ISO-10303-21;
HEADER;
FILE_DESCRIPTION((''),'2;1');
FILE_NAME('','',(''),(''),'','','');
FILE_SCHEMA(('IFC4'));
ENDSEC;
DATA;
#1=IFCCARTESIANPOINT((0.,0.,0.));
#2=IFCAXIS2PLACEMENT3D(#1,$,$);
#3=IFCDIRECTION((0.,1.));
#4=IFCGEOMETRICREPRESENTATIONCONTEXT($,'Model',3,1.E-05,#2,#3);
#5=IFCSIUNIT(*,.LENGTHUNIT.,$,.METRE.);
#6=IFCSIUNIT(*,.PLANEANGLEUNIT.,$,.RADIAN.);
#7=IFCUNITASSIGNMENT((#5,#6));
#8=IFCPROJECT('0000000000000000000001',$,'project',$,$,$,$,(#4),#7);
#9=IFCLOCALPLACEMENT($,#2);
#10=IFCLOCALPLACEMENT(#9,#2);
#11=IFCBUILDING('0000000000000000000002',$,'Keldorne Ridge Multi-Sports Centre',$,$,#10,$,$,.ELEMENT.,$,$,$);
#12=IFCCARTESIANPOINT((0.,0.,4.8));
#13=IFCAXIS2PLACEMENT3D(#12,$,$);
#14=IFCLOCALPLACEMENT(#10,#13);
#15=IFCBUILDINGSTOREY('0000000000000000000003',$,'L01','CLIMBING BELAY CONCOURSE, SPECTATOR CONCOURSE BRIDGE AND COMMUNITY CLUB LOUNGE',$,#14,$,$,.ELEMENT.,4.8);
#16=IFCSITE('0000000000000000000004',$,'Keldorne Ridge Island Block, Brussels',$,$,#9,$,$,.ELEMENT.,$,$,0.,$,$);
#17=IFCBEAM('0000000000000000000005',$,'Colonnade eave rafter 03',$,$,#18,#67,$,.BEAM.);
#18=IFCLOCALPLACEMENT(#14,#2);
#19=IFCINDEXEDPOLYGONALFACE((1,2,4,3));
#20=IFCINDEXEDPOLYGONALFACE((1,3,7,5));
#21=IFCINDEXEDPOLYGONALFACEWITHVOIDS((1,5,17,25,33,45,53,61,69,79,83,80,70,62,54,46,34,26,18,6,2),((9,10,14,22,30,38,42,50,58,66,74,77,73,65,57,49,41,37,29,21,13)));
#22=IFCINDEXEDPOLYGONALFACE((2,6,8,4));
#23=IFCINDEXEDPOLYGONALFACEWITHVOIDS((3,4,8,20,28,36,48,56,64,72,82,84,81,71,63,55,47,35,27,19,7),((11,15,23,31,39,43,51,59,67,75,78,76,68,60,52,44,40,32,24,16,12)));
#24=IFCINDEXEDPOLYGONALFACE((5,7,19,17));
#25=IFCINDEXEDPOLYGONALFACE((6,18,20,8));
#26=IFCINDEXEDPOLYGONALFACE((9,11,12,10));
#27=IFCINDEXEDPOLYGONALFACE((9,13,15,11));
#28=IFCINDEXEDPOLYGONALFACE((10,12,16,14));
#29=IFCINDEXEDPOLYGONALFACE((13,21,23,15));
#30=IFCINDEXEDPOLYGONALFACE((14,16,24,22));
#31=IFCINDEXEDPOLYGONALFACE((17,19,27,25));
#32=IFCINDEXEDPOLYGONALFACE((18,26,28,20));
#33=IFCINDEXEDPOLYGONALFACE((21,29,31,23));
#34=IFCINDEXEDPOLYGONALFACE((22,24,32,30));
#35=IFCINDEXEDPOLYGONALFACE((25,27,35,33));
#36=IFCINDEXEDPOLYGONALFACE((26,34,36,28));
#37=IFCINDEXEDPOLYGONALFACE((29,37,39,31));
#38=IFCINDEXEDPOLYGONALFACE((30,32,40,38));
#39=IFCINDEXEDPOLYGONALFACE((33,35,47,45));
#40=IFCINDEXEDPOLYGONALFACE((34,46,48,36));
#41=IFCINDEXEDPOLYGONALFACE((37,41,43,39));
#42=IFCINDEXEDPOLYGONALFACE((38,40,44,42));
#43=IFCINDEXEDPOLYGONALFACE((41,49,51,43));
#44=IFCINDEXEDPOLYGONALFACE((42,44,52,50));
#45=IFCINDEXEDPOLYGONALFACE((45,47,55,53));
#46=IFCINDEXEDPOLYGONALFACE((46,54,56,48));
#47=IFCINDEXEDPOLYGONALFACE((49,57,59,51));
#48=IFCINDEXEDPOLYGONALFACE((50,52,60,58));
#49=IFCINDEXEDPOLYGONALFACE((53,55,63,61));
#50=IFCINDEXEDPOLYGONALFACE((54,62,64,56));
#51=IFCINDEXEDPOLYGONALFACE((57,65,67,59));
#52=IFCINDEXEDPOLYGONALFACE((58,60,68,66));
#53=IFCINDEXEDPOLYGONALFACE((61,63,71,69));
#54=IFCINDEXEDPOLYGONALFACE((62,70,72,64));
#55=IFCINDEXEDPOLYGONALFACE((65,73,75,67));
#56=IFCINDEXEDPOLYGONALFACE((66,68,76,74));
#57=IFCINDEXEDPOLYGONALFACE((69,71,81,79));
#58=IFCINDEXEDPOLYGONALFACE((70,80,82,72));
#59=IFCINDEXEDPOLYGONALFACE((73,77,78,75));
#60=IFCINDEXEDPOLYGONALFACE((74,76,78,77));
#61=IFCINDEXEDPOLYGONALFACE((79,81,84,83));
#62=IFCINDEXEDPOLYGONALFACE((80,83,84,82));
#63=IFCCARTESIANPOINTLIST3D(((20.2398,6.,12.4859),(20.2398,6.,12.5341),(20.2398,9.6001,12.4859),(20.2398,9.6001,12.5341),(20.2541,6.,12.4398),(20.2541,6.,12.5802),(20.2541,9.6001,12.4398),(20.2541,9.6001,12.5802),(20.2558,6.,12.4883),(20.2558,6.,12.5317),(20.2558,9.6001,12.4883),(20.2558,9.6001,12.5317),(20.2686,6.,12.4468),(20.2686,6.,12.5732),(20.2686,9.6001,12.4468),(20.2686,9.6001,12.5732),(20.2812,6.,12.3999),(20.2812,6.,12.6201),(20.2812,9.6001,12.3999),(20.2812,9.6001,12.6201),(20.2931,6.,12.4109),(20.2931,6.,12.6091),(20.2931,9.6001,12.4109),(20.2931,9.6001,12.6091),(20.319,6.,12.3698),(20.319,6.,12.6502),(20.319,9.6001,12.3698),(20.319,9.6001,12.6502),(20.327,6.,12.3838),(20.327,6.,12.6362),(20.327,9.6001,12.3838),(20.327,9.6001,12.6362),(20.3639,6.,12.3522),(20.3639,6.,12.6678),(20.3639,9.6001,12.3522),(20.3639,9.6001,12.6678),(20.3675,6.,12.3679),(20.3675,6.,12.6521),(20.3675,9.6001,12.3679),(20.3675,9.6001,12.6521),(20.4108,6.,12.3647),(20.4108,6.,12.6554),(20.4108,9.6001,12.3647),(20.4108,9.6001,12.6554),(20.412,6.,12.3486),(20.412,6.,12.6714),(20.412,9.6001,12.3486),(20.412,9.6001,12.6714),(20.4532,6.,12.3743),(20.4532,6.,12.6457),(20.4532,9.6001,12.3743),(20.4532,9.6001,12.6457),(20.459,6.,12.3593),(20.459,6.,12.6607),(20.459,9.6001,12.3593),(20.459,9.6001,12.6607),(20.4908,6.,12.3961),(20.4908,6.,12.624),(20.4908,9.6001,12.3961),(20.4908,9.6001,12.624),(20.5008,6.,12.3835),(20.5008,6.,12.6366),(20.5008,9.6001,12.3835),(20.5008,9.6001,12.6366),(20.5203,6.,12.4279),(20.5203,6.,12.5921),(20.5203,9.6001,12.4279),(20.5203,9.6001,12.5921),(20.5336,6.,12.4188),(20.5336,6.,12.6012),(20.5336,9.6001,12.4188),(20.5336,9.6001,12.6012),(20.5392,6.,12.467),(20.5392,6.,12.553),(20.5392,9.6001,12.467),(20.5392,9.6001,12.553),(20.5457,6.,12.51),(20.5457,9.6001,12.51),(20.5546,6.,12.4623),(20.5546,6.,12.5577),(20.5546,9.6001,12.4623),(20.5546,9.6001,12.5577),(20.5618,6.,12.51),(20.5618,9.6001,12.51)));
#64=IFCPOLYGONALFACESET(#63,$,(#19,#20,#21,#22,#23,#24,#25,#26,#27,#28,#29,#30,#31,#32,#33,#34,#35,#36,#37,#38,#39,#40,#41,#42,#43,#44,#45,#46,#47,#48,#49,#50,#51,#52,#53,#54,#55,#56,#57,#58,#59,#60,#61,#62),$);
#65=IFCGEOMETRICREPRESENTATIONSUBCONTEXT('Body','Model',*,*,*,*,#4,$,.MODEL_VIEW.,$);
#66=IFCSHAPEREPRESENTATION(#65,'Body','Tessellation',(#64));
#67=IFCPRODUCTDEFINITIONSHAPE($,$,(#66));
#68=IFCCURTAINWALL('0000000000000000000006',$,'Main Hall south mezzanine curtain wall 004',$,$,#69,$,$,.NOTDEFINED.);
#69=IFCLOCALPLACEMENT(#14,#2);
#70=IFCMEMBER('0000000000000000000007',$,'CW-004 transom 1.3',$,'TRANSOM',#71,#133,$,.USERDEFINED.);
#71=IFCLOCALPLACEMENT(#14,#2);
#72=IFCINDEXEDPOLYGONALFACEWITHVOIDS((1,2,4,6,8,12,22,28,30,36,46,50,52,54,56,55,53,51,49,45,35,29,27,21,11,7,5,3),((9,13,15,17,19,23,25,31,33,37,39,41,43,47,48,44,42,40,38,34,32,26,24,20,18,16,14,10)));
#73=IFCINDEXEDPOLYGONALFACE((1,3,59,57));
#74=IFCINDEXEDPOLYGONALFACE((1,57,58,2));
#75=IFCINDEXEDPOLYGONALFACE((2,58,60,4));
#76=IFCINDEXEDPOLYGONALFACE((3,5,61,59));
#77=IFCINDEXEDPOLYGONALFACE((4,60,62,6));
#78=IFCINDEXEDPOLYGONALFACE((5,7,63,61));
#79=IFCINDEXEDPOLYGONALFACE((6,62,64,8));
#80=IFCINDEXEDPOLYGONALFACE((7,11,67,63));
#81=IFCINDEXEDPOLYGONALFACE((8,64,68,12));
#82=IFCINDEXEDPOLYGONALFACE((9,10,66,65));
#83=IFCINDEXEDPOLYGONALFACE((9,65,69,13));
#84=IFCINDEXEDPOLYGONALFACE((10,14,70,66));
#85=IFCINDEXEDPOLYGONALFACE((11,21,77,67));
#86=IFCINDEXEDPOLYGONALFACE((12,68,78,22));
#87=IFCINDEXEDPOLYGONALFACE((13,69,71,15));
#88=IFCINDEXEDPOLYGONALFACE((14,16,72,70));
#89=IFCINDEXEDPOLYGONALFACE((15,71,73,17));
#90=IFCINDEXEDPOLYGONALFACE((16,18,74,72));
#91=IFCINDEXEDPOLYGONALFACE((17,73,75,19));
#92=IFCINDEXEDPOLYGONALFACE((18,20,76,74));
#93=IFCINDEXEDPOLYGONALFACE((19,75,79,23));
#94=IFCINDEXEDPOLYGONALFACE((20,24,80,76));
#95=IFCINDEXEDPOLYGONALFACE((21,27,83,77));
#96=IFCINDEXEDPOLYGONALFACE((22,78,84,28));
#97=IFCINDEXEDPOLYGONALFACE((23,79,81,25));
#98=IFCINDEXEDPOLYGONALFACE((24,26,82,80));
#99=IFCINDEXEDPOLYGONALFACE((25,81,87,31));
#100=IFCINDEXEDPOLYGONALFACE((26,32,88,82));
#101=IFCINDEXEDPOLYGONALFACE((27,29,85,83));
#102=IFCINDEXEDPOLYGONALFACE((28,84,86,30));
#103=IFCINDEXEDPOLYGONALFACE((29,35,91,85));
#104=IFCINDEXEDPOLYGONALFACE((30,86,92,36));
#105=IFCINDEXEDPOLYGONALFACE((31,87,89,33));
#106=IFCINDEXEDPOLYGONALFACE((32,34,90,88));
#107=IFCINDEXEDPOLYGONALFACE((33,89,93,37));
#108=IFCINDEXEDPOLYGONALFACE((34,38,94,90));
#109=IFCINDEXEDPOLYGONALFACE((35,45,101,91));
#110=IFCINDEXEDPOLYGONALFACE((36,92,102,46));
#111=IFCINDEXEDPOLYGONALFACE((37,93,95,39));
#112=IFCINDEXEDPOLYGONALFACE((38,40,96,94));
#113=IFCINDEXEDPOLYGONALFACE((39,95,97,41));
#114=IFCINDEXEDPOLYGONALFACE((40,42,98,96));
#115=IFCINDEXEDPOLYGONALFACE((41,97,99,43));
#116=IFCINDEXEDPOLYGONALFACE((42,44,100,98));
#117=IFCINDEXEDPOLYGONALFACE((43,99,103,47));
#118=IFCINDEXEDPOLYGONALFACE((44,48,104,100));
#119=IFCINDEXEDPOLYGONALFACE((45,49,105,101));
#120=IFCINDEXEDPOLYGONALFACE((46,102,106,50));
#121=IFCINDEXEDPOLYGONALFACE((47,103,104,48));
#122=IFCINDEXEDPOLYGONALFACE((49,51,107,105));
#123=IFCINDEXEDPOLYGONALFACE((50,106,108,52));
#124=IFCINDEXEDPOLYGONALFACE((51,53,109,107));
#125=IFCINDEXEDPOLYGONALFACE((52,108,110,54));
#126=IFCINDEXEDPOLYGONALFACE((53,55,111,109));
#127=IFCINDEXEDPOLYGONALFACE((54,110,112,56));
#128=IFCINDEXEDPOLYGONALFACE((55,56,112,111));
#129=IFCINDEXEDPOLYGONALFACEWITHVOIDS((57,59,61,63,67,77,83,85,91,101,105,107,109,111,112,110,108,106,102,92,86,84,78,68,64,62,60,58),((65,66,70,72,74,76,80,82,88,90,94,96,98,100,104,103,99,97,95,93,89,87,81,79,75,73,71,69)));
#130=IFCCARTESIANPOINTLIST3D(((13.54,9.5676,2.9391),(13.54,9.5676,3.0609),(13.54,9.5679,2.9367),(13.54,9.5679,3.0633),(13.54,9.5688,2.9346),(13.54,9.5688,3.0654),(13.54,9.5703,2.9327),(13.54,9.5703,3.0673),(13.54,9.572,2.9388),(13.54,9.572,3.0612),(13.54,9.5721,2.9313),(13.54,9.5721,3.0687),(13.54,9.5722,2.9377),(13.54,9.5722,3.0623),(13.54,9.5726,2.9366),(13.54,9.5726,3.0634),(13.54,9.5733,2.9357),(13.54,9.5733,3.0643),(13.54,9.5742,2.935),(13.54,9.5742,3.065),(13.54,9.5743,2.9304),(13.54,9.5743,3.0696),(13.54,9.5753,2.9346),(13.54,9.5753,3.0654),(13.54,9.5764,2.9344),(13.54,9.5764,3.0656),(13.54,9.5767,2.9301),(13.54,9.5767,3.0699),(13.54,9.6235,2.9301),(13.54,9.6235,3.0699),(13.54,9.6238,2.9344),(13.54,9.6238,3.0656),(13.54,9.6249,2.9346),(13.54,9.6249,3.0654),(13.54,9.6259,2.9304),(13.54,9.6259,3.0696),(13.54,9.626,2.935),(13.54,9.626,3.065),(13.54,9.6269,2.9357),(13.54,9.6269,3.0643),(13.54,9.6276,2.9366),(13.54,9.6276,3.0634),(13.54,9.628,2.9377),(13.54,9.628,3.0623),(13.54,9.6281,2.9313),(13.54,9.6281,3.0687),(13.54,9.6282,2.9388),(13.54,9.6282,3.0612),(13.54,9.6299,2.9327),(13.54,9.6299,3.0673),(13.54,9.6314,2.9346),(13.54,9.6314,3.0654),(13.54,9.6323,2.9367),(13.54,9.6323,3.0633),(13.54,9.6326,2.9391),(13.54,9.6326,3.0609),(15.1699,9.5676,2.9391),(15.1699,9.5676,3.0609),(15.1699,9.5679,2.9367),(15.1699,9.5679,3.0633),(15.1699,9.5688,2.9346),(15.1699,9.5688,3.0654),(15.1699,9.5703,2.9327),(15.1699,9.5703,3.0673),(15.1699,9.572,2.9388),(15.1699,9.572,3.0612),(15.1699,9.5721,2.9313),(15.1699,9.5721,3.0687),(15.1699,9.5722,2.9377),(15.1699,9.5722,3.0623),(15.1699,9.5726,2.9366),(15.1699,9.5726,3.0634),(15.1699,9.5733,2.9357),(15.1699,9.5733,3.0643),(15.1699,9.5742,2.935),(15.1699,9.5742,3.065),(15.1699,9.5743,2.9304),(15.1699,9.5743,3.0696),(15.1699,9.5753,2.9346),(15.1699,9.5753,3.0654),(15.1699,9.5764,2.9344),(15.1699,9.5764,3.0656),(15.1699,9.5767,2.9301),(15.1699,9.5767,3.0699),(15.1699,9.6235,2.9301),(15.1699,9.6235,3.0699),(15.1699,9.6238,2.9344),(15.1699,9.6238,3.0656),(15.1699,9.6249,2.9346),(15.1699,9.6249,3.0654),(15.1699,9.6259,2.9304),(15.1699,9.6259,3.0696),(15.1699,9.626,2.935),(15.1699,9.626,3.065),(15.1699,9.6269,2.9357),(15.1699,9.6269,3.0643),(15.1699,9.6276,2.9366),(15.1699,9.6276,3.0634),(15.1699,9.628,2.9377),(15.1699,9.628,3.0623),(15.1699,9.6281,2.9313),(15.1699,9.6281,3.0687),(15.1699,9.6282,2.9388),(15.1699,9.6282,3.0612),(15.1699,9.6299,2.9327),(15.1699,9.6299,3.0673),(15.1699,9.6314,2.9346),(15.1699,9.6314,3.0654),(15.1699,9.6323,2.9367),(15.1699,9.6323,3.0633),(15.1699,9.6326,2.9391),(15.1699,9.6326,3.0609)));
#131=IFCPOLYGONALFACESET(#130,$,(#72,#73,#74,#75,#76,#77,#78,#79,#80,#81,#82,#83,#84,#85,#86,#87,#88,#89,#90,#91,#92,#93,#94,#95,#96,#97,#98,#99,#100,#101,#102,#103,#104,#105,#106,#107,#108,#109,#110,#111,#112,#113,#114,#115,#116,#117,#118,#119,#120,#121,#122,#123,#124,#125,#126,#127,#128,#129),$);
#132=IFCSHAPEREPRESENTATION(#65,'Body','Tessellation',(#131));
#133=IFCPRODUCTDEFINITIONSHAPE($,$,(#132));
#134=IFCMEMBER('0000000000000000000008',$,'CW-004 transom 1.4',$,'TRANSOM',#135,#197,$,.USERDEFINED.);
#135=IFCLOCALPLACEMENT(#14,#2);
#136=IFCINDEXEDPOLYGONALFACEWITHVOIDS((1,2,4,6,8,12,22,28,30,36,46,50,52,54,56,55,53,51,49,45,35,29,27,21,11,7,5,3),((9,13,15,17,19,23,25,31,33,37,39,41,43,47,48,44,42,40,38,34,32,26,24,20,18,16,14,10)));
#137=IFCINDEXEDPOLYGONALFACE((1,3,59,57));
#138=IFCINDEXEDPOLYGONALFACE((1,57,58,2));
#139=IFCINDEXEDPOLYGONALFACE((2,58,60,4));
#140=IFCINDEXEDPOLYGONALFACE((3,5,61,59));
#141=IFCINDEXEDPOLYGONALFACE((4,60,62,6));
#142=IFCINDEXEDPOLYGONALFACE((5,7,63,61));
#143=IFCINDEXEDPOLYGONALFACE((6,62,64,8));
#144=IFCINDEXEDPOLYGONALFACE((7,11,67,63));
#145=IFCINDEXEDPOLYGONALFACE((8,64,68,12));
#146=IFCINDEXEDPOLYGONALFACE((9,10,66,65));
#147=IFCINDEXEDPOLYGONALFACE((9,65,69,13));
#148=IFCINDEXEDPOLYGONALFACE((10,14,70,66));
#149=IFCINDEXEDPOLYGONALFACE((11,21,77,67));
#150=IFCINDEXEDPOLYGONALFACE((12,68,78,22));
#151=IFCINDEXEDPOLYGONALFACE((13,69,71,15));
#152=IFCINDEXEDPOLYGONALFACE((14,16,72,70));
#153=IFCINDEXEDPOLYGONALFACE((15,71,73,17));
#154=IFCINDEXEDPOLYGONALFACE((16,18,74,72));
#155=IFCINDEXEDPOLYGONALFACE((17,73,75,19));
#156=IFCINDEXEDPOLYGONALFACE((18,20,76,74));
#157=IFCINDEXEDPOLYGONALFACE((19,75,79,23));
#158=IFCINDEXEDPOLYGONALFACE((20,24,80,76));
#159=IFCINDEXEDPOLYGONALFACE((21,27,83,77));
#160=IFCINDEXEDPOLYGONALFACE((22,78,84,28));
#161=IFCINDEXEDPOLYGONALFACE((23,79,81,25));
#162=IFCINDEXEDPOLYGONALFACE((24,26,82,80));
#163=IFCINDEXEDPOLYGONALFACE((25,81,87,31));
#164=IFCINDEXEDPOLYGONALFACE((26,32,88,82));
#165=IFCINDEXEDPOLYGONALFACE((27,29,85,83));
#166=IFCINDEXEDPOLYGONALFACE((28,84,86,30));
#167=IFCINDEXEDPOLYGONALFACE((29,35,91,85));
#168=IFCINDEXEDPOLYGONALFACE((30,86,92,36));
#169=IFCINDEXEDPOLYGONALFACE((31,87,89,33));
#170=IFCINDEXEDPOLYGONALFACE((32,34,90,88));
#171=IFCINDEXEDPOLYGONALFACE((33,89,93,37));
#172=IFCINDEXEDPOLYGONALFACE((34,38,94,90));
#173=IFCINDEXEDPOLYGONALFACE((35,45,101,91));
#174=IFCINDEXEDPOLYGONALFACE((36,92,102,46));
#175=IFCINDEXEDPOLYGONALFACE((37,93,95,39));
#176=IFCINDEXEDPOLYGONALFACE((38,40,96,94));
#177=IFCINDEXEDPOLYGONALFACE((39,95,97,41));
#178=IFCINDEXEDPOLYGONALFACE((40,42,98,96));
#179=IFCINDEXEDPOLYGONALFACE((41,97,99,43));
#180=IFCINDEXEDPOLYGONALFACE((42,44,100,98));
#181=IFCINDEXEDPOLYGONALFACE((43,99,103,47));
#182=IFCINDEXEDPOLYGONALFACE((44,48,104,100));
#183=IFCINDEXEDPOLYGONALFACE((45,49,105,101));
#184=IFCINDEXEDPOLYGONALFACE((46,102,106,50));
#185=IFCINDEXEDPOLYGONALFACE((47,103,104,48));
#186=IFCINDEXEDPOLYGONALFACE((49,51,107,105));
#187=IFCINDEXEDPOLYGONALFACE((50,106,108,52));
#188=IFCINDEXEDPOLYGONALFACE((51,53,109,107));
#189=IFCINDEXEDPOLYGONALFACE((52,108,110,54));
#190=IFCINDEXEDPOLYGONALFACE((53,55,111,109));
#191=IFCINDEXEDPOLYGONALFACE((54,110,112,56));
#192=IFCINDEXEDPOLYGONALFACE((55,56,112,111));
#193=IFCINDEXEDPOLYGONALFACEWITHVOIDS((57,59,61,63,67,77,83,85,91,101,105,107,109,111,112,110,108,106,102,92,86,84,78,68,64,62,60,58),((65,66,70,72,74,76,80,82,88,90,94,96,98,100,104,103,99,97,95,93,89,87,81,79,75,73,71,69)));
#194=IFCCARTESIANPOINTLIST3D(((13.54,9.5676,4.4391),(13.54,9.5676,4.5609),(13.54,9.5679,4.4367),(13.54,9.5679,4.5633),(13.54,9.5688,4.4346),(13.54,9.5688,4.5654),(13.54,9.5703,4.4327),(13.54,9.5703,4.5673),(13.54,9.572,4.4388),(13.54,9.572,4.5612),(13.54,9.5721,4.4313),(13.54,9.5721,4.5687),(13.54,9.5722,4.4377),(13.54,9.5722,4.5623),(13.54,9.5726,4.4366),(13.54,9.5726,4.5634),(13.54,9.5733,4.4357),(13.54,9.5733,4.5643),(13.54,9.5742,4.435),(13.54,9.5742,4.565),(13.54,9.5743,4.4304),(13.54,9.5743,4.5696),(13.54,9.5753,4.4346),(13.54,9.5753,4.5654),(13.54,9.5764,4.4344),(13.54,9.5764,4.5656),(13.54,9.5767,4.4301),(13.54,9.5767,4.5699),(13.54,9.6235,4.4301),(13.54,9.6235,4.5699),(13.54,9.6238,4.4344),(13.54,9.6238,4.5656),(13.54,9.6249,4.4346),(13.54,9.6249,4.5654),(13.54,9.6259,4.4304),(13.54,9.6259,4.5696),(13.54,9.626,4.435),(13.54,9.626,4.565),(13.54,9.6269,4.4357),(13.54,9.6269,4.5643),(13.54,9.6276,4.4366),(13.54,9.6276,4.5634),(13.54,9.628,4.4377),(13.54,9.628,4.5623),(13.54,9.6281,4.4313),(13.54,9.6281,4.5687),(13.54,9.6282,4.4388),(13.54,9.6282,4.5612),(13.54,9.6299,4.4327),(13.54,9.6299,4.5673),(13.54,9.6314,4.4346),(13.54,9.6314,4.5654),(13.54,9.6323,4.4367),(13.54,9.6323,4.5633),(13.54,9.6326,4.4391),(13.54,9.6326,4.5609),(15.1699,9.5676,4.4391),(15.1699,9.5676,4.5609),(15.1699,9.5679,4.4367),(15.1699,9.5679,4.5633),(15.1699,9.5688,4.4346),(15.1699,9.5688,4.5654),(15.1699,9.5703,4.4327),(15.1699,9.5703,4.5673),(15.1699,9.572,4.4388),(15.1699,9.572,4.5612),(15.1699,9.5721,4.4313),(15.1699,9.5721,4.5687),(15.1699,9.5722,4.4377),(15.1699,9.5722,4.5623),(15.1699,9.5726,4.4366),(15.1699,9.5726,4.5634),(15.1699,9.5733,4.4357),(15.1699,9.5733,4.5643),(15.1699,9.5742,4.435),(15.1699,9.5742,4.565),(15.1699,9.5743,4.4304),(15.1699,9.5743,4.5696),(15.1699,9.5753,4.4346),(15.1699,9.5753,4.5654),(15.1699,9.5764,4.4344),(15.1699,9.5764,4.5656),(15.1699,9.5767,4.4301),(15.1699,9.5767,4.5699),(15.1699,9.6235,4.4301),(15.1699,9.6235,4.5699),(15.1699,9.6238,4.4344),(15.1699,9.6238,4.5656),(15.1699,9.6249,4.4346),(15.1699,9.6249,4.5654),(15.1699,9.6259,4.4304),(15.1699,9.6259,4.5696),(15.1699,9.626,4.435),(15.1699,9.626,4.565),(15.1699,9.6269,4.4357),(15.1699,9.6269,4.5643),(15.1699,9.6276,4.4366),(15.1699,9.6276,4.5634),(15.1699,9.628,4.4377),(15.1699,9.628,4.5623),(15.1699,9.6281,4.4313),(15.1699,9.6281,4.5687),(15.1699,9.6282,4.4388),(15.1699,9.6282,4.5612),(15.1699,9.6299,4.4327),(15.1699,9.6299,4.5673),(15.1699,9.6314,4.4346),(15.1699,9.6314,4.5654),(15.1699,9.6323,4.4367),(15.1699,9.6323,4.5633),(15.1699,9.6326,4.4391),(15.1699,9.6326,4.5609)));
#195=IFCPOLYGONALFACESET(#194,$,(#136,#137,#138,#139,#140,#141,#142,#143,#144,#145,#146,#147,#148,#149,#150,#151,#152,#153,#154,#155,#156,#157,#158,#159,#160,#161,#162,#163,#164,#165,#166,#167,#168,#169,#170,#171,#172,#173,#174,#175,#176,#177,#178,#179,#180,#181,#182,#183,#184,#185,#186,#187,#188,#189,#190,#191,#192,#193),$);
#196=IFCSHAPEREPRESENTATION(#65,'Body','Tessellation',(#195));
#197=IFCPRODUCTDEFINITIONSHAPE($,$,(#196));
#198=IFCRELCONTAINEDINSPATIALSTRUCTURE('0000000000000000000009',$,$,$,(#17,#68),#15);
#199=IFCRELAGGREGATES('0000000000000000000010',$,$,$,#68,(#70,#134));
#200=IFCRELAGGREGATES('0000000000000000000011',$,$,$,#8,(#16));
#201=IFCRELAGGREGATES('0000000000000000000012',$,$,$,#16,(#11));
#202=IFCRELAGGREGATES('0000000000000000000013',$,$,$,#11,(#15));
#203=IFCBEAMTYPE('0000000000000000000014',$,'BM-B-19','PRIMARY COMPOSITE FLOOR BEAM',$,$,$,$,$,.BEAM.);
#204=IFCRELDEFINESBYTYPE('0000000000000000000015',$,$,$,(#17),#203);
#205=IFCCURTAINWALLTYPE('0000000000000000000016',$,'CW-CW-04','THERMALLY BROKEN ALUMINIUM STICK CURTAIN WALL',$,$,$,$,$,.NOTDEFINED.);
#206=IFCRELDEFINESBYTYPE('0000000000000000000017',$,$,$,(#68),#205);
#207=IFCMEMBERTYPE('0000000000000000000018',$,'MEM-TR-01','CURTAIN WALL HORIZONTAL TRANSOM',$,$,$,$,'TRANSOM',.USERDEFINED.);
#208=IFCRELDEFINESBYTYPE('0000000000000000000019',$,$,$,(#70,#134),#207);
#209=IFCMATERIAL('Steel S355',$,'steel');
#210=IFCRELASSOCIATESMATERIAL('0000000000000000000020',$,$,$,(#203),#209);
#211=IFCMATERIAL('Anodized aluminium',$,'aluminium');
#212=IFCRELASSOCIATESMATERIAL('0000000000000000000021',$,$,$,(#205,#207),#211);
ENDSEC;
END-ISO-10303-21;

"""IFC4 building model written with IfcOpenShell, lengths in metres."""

from ifc_helpers import new_model, si_unit, direction, frame, origin, origin_2d, place, context, subcontext, project, spatial, hollow_rectangle, hollow_circle, extrude, material, material_profile, profile_set, type_object, element, aggregate, save


model = new_model("IFC4")

# Units and contexts
model_context = context("Model", 3, precision=1e-05, world=origin(), true_north=direction((0.0, 1.0)))
body_context = subcontext(model_context, "Body", "Model", "MODEL_VIEW")
ifc_project = project(units=[si_unit("LENGTHUNIT", "METRE"), si_unit("PLANEANGLEUNIT", "RADIAN")], contexts=[model_context])

# Site, building, storey
site_placement = place(None, origin())
site = spatial("IfcSite", under=ifc_project, at=site_placement, Name="Keldorne Ridge Island Block, Brussels", CompositionType="ELEMENT", RefElevation=0.0)
building_placement = place(site_placement, origin())
building = spatial("IfcBuilding", under=site, at=building_placement, Name="Keldorne Ridge Multi-Sports Centre", CompositionType="ELEMENT")
storey_placement = place(building_placement, frame((0.0, 0.0, 4.8)))
storey = spatial("IfcBuildingStorey", under=building, at=storey_placement, Name="L01", Description="CLIMBING BELAY CONCOURSE, SPECTATOR CONCOURSE BRIDGE AND COMMUNITY CLUB LOUNGE", CompositionType="ELEMENT", Elevation=4.8)

# Beam
ifc_material_1 = material(Name="Steel S355", Category="steel")
ifc_material_profile_1 = material_profile(ifc_material_1, hollow_circle(Radius=0.1619, WallThickness=0.0161, at=origin_2d()), Name="CHS 323.9x16")
ifc_profile_set_1 = profile_set([ifc_material_profile_1], Name="Steel S355")
beam_type = type_object("IfcBeamType", Name="BM-B-19", Description="PRIMARY COMPOSITE FLOOR BEAM", PredefinedType="BEAM", material=ifc_profile_set_1)
beam_placement = place(storey_placement, frame((20.3999, 9.6001, 12.51), z_axis=(0.0, -1.0, 0.0), x_axis=(1.0, 0.0, 0.0)))
element("IfcBeam", 1, at=beam_placement, inside=storey, type_object=beam_type, Name="Colonnade eave rafter 03", PredefinedType="BEAM", context=body_context, shape_type="SweptSolid", body=[
    extrude(hollow_circle(Radius=0.1619, WallThickness=0.0161, at=origin_2d()), origin(), (0.0, 0.0, 1.0), 3.6001),
])

# Curtain wall, members
ifc_material_2 = material(Name="Anodized aluminium", Category="aluminium")
curtain_wall_type_1 = type_object("IfcCurtainWallType", Name="CW-CW-04", Description="THERMALLY BROKEN ALUMINIUM STICK CURTAIN WALL", PredefinedType="NOTDEFINED", material=ifc_material_2)
curtain_wall_1_placement = place(storey_placement, origin())
curtain_wall_1 = element("IfcCurtainWall", 2, at=curtain_wall_1_placement, inside=storey, type_object=curtain_wall_type_1, Name="Main Hall south mezzanine curtain wall 004", PredefinedType="NOTDEFINED")
ifc_material_profile_2 = material_profile(ifc_material_2, hollow_rectangle(XDim=0.0649, YDim=0.1399, WallThickness=0.0044, InnerFilletRadius=0.0044, OuterFilletRadius=0.009, at=origin_2d()), Name="ALU TRANSOM 140x65x4.5")
ifc_profile_set_2 = profile_set([ifc_material_profile_2], Name="Anodized aluminium")
member_type = type_object("IfcMemberType", Name="MEM-TR-01", Description="CURTAIN WALL HORIZONTAL TRANSOM", ElementType="TRANSOM", PredefinedType="USERDEFINED", material=ifc_profile_set_2)
member_1_placement = place(storey_placement, frame((13.54, 9.6001, 3.0), z_axis=(1.0, 0.0, 0.0), x_axis=(0.0, 1.0, 0.0)))
member_1 = element("IfcMember", 3, at=member_1_placement, type_object=member_type, Name="CW-004 transom 1.3", ObjectType="TRANSOM", PredefinedType="USERDEFINED", context=body_context, shape_type="SweptSolid", body=[
    extrude(hollow_rectangle(XDim=0.0649, YDim=0.1399, WallThickness=0.0044, InnerFilletRadius=0.0044, OuterFilletRadius=0.009, at=origin_2d()), origin(), (0.0, 0.0, 1.0), 1.6299),
])
member_2_placement = place(storey_placement, frame((13.54, 9.6001, 4.5), z_axis=(1.0, 0.0, 0.0), x_axis=(0.0, 1.0, 0.0)))
member_2 = element("IfcMember", 4, at=member_2_placement, type_object=member_type, Name="CW-004 transom 1.4", ObjectType="TRANSOM", PredefinedType="USERDEFINED", context=body_context, shape_type="SweptSolid", body=[
    extrude(hollow_rectangle(XDim=0.0649, YDim=0.1399, WallThickness=0.0044, InnerFilletRadius=0.0044, OuterFilletRadius=0.009, at=origin_2d()), origin(), (0.0, 0.0, 1.0), 1.6299),
])

aggregate(curtain_wall_1, [member_1, member_2])

save(model, "model.ifc")
